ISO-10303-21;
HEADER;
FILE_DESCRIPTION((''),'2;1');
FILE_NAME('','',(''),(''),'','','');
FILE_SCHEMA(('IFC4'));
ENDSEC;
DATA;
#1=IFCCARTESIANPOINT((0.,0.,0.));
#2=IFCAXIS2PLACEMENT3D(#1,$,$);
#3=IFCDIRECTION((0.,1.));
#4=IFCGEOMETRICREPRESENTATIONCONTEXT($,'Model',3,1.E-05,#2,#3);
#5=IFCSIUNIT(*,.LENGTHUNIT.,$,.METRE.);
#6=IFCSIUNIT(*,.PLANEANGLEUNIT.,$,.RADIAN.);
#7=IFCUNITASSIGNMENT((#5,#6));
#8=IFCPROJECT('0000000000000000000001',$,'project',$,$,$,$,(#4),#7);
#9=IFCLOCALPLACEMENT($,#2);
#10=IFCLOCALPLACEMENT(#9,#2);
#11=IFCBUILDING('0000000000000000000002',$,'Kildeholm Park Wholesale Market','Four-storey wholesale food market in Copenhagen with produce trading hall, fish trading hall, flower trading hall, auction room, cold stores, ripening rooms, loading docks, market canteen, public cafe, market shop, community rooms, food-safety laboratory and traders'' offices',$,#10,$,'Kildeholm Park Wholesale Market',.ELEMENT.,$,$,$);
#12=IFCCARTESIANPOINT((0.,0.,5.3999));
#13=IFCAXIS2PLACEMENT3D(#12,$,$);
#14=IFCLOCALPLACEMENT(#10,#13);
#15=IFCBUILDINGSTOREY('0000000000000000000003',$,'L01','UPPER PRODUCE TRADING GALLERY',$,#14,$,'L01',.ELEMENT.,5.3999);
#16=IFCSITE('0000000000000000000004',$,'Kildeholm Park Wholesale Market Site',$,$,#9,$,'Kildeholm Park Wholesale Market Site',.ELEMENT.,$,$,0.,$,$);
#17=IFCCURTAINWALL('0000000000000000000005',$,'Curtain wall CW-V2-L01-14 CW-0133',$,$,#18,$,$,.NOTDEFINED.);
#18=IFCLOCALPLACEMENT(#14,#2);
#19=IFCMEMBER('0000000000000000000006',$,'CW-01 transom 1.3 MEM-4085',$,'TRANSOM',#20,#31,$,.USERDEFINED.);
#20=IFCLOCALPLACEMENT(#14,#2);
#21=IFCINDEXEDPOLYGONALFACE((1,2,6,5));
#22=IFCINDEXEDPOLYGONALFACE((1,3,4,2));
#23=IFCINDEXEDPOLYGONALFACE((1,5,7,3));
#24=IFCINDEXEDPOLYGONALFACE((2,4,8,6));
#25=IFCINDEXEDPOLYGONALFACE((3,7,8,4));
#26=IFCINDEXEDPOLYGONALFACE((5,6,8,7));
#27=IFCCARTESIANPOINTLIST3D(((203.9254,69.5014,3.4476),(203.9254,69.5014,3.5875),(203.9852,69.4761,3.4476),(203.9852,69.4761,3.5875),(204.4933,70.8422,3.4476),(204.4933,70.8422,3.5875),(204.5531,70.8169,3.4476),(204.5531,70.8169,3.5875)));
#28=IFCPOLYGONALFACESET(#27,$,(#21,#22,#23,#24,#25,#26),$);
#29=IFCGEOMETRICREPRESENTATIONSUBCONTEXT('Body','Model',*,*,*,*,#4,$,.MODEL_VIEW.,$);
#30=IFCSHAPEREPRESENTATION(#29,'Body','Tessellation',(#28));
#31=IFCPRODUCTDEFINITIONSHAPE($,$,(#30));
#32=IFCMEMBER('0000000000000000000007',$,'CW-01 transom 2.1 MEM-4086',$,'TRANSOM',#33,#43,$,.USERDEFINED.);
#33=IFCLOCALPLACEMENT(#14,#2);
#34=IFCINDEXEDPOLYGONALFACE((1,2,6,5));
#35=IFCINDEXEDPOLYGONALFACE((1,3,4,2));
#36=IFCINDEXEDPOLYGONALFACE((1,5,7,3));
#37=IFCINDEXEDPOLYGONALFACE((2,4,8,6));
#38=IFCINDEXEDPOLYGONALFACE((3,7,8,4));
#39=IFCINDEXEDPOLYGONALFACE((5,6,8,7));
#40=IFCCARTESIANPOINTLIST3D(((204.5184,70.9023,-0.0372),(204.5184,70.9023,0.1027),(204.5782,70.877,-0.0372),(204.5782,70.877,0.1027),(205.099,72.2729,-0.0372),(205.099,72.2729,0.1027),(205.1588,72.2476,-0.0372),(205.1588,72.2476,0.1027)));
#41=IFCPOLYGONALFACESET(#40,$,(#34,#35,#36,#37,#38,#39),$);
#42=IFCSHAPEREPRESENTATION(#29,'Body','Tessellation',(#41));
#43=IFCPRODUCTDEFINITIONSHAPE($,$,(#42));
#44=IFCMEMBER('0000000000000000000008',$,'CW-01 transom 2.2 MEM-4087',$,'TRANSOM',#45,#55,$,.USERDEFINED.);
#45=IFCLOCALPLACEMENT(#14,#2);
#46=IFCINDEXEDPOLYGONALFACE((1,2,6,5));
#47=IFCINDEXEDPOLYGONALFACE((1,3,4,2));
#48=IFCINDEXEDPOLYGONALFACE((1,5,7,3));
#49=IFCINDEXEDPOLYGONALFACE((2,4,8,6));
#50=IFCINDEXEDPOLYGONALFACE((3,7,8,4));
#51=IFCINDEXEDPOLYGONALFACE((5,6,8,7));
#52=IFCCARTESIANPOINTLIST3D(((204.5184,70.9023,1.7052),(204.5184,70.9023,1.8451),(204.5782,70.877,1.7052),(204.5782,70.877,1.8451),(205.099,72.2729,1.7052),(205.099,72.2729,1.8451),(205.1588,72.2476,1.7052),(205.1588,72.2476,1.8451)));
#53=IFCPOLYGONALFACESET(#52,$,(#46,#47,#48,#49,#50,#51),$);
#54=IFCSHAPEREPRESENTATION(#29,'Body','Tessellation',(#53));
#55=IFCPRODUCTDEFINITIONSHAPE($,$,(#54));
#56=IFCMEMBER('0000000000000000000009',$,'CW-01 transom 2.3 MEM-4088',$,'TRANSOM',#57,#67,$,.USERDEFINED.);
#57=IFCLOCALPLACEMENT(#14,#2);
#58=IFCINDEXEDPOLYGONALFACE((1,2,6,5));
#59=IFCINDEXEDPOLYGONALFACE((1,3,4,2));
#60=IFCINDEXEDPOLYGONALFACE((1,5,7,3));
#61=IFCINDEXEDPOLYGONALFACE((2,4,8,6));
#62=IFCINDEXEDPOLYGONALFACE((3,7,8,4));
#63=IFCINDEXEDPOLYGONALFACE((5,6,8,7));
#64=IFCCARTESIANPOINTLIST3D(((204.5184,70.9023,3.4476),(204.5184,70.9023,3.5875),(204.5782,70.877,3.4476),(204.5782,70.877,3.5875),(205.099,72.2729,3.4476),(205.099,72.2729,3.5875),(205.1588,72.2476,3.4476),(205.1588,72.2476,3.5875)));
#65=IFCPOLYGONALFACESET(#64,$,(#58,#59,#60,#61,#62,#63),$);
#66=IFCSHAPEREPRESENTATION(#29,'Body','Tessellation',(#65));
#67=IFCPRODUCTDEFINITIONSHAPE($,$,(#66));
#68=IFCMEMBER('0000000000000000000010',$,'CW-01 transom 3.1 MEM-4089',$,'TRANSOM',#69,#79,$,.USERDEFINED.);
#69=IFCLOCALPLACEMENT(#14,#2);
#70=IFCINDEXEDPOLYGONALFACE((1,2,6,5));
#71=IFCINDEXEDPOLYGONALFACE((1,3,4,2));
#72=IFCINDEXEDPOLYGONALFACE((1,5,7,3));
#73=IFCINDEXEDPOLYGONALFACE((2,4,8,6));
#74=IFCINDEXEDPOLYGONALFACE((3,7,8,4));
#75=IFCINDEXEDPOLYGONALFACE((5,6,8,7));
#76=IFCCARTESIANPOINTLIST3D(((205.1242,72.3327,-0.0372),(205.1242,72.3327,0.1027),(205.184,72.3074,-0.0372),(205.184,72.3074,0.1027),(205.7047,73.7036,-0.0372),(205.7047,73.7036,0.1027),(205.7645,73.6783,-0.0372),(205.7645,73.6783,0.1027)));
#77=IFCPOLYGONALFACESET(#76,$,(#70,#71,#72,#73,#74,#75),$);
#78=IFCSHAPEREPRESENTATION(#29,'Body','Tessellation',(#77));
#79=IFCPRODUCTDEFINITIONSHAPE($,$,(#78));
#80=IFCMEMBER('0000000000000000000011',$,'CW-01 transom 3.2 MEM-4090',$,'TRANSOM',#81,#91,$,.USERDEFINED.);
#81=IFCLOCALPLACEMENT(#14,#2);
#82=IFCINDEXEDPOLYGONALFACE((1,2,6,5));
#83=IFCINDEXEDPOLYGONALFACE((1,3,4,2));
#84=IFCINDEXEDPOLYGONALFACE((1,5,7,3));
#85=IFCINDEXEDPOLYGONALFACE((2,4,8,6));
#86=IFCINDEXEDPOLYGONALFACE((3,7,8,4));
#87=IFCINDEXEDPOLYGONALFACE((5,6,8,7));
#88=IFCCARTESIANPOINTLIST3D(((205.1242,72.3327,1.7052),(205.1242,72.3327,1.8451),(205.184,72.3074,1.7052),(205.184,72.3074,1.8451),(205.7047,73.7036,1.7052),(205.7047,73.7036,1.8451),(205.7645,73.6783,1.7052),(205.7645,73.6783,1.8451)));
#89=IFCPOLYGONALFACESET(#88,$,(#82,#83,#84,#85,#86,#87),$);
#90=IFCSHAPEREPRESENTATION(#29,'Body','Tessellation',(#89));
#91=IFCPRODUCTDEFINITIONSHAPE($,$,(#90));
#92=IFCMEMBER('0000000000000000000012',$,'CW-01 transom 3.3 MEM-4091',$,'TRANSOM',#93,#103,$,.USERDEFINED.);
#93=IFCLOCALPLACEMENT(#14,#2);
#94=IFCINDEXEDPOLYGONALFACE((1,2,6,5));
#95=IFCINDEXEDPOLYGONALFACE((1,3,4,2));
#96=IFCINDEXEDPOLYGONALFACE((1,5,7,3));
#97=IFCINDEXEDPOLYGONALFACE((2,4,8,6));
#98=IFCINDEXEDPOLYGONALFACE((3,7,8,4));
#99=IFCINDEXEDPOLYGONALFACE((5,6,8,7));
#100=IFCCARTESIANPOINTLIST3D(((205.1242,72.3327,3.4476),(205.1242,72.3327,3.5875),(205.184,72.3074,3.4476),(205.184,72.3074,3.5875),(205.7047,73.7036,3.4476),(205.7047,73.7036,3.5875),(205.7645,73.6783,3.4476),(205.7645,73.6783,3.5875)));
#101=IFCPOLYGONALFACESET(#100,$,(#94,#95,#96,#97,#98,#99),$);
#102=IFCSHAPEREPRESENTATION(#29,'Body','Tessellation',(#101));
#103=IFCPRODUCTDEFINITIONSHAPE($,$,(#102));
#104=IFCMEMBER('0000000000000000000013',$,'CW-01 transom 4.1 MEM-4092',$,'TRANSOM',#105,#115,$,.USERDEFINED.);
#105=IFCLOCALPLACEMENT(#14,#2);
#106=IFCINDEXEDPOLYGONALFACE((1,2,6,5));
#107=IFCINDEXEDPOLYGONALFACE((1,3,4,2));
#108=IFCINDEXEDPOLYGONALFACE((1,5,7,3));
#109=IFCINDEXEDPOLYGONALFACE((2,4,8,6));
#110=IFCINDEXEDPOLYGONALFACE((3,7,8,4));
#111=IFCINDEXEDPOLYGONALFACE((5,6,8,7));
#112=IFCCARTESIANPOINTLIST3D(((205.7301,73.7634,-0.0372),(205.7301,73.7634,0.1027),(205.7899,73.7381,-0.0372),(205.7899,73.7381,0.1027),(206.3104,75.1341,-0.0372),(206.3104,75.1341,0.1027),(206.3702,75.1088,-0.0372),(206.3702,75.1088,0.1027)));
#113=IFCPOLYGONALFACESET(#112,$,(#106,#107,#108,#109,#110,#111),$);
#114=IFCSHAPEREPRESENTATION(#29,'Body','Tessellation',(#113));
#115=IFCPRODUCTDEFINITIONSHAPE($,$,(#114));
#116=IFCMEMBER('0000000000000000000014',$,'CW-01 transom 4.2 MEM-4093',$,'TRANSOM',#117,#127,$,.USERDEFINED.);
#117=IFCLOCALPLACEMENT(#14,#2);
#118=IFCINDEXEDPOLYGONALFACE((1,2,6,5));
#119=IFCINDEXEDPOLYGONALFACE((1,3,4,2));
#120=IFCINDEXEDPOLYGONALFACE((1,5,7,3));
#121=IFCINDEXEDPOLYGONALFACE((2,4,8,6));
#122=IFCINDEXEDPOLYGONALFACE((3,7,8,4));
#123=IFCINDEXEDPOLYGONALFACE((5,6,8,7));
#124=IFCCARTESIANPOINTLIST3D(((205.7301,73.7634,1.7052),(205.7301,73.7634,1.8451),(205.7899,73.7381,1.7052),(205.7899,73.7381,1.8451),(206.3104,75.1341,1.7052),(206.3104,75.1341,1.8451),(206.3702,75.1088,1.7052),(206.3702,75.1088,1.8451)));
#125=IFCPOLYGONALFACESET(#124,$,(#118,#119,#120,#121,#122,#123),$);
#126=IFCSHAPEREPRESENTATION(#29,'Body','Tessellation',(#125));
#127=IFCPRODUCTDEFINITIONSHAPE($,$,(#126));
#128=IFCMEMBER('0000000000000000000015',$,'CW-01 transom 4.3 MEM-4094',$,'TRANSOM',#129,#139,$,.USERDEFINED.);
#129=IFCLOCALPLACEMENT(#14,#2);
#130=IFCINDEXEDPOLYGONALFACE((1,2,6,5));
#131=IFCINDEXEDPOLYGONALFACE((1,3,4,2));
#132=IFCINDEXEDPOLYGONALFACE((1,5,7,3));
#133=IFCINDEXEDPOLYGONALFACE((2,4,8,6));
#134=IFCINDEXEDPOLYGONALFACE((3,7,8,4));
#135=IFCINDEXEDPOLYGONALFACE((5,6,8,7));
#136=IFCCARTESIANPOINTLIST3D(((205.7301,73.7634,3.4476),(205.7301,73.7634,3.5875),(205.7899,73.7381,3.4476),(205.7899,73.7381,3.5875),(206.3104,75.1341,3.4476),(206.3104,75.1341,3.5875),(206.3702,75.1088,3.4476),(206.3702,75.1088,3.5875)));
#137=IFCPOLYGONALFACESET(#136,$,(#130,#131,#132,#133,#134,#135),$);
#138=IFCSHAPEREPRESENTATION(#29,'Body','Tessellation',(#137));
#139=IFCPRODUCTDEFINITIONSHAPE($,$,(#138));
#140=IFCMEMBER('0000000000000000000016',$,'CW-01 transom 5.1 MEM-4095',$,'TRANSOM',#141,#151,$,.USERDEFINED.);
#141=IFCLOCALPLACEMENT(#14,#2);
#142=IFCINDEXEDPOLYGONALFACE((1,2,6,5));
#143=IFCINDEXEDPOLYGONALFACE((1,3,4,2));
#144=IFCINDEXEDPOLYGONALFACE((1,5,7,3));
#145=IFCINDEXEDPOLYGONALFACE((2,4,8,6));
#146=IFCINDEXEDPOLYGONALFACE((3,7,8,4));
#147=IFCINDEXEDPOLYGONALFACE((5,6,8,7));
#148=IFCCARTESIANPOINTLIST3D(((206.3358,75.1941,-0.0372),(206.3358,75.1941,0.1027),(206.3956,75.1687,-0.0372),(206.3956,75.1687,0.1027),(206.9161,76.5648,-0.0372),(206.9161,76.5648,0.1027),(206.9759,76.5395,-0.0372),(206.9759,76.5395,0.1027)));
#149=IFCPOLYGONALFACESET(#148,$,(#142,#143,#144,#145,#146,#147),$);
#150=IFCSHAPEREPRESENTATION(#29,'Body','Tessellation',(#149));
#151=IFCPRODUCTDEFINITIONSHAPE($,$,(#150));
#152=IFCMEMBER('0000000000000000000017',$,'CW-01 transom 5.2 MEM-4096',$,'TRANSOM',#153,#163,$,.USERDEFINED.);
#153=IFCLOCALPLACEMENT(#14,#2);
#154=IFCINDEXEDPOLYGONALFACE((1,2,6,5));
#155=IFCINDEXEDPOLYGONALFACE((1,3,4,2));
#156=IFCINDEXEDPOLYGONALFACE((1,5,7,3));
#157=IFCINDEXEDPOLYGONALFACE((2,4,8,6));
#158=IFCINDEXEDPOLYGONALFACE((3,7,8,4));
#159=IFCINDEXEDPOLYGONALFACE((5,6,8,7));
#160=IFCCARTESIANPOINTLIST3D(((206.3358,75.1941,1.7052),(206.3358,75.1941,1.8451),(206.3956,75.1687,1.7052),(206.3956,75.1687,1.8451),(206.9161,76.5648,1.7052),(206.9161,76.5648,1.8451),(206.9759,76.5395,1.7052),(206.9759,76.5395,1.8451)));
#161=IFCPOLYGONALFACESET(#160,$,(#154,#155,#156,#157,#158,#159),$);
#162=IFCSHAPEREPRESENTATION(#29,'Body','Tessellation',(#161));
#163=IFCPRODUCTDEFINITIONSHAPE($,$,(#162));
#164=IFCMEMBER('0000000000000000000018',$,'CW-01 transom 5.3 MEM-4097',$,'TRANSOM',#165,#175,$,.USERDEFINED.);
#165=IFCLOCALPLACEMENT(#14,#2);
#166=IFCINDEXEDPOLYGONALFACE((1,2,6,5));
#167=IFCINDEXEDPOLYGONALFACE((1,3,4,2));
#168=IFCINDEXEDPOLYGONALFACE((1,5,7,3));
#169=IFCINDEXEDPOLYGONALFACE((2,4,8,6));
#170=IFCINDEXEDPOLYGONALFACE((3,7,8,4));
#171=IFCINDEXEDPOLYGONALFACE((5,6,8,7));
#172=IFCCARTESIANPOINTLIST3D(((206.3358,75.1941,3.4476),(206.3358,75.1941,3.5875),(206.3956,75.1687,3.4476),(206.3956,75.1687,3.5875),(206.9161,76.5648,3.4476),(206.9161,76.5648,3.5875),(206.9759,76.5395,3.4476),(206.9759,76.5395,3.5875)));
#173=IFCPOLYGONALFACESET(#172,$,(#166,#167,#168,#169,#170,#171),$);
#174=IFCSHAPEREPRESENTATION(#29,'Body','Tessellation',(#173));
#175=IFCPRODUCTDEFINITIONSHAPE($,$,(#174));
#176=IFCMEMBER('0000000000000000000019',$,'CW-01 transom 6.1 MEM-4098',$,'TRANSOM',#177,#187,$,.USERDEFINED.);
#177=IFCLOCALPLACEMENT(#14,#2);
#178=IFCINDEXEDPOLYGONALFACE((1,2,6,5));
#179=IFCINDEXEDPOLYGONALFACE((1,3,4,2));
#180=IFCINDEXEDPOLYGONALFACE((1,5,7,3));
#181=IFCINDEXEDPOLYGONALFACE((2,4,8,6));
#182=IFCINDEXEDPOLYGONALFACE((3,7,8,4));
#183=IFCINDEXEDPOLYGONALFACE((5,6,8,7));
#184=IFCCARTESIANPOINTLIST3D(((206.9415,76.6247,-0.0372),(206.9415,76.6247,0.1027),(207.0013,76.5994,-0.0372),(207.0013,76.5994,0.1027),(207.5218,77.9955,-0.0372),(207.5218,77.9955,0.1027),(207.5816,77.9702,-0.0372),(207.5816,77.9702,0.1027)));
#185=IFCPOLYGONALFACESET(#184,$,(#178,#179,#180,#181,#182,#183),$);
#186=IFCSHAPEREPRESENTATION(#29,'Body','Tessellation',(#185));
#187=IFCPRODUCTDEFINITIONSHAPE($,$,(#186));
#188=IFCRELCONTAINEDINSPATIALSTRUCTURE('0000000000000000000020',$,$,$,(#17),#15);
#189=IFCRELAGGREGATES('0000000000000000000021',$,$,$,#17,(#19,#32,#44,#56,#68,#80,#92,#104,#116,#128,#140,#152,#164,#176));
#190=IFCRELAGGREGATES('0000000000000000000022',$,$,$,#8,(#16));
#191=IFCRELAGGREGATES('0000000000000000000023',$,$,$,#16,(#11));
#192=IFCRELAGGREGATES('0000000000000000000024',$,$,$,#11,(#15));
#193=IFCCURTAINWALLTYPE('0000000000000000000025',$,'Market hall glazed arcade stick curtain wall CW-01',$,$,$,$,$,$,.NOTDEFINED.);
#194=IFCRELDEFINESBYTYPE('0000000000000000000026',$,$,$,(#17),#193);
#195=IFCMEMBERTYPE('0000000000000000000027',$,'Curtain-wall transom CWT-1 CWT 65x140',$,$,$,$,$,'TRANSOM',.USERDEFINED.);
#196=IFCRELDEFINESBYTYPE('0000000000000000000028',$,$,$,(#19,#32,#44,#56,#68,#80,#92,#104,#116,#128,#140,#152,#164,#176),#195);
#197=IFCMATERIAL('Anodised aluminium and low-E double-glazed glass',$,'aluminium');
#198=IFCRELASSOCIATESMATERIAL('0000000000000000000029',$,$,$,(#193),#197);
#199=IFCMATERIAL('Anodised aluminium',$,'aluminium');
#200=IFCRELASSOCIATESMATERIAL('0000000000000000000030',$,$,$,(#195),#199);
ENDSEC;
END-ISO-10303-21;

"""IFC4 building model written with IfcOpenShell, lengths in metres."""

from ifc_helpers import new_model, si_unit, direction, frame, origin, origin_2d, place, context, subcontext, project, spatial, rectangle, extrude, material, material_profile, profile_set, type_object, element, aggregate, save


model = new_model("IFC4")

# Units and contexts
model_context = context("Model", 3, precision=1e-05, world=origin(), true_north=direction((0.0, 1.0)))
body_context = subcontext(model_context, "Body", "Model", "MODEL_VIEW")
ifc_project = project(units=[si_unit("LENGTHUNIT", "METRE"), si_unit("PLANEANGLEUNIT", "RADIAN")], contexts=[model_context])

# Site, building, storey
site_placement = place(None, origin())
site = spatial("IfcSite", under=ifc_project, at=site_placement, Name="Kildeholm Park Wholesale Market Site", LongName="Kildeholm Park Wholesale Market Site", CompositionType="ELEMENT", RefElevation=0.0)
building_placement = place(site_placement, origin())
building = spatial("IfcBuilding", under=site, at=building_placement, Name="Kildeholm Park Wholesale Market", Description="Four-storey wholesale food market in Copenhagen with produce trading hall, fish trading hall, flower trading hall, auction room, cold stores, ripening rooms, loading docks, market canteen, public cafe, market shop, community rooms, food-safety laboratory and traders' offices", LongName="Kildeholm Park Wholesale Market", CompositionType="ELEMENT")
storey_placement = place(building_placement, frame((0.0, 0.0, 5.3999)))
storey = spatial("IfcBuildingStorey", under=building, at=storey_placement, Name="L01", Description="UPPER PRODUCE TRADING GALLERY", LongName="L01", CompositionType="ELEMENT", Elevation=5.3999)

# Curtain wall, members
ifc_material_1 = material(Name="Anodised aluminium and low-E double-glazed glass", Category="aluminium")
curtain_wall_type = type_object("IfcCurtainWallType", Name="Market hall glazed arcade stick curtain wall CW-01", PredefinedType="NOTDEFINED", material=ifc_material_1)
curtain_wall_placement = place(storey_placement, origin())
curtain_wall = element("IfcCurtainWall", 1, at=curtain_wall_placement, inside=storey, type_object=curtain_wall_type, Name="Curtain wall CW-V2-L01-14 CW-0133", PredefinedType="NOTDEFINED")
ifc_material_2 = material(Name="Anodised aluminium", Category="aluminium")
ifc_material_profile_1 = material_profile(ifc_material_2, rectangle(XDim=0.0649, YDim=0.1399, at=origin_2d()), Name="CWT 65x140")
ifc_profile_set_1 = profile_set([ifc_material_profile_1], Name="Anodised aluminium")
member_type_1 = type_object("IfcMemberType", Name="Curtain-wall transom CWT-1 CWT 65x140", ElementType="TRANSOM", PredefinedType="USERDEFINED", material=ifc_profile_set_1)
member_1_placement = place(storey_placement, frame((203.9553, 69.4888, 3.5176), z_axis=(0.38999, 0.920819, 0.0), x_axis=(-0.920819, 0.38999, 0.0)))
member_1 = element("IfcMember", 2, at=member_1_placement, type_object=member_type_1, Name="CW-01 transom 1.3 MEM-4085", ObjectType="TRANSOM", PredefinedType="USERDEFINED", context=body_context, shape_type="SweptSolid", body=[
    extrude(rectangle(XDim=0.0649, YDim=0.1399, at=origin_2d()), origin(), (0.0, 0.0, 1.0), 1.4561),
])
member_2_placement = place(storey_placement, frame((204.5483, 70.8896, 0.0327), z_axis=(0.390036, 0.9208, 0.0), x_axis=(-0.9208, 0.390036, 0.0)))
member_2 = element("IfcMember", 3, at=member_2_placement, type_object=member_type_1, Name="CW-01 transom 2.1 MEM-4086", ObjectType="TRANSOM", PredefinedType="USERDEFINED", context=body_context, shape_type="SweptSolid", body=[
    extrude(rectangle(XDim=0.0649, YDim=0.1399, at=origin_2d()), origin(), (0.0, 0.0, 1.0), 1.4885),
])
member_3_placement = place(storey_placement, frame((204.5483, 70.8896, 1.7751), z_axis=(0.390036, 0.9208, 0.0), x_axis=(-0.9208, 0.390036, 0.0)))
member_3 = element("IfcMember", 4, at=member_3_placement, type_object=member_type_1, Name="CW-01 transom 2.2 MEM-4087", ObjectType="TRANSOM", PredefinedType="USERDEFINED", context=body_context, shape_type="SweptSolid", body=[
    extrude(rectangle(XDim=0.0649, YDim=0.1399, at=origin_2d()), origin(), (0.0, 0.0, 1.0), 1.4885),
])
member_4_placement = place(storey_placement, frame((204.5483, 70.8896, 3.5176), z_axis=(0.390036, 0.9208, 0.0), x_axis=(-0.9208, 0.390036, 0.0)))
member_4 = element("IfcMember", 5, at=member_4_placement, type_object=member_type_1, Name="CW-01 transom 2.3 MEM-4088", ObjectType="TRANSOM", PredefinedType="USERDEFINED", context=body_context, shape_type="SweptSolid", body=[
    extrude(rectangle(XDim=0.0649, YDim=0.1399, at=origin_2d()), origin(), (0.0, 0.0, 1.0), 1.4885),
])
member_5_placement = place(storey_placement, frame((205.1541, 72.3201, 0.0327), z_axis=(0.389977, 0.920825, 0.0), x_axis=(-0.920825, 0.389977, 0.0)))
member_5 = element("IfcMember", 6, at=member_5_placement, type_object=member_type_1, Name="CW-01 transom 3.1 MEM-4089", ObjectType="TRANSOM", PredefinedType="USERDEFINED", context=body_context, shape_type="SweptSolid", body=[
    extrude(rectangle(XDim=0.0649, YDim=0.1399, at=origin_2d()), origin(), (0.0, 0.0, 1.0), 1.4888),
])
member_6_placement = place(storey_placement, frame((205.1541, 72.3201, 1.7751), z_axis=(0.389977, 0.920825, 0.0), x_axis=(-0.920825, 0.389977, 0.0)))
member_6 = element("IfcMember", 7, at=member_6_placement, type_object=member_type_1, Name="CW-01 transom 3.2 MEM-4090", ObjectType="TRANSOM", PredefinedType="USERDEFINED", context=body_context, shape_type="SweptSolid", body=[
    extrude(rectangle(XDim=0.0649, YDim=0.1399, at=origin_2d()), origin(), (0.0, 0.0, 1.0), 1.4888),
])
member_7_placement = place(storey_placement, frame((205.1541, 72.3201, 3.5176), z_axis=(0.389977, 0.920825, 0.0), x_axis=(-0.920825, 0.389977, 0.0)))
member_7 = element("IfcMember", 8, at=member_7_placement, type_object=member_type_1, Name="CW-01 transom 3.3 MEM-4091", ObjectType="TRANSOM", PredefinedType="USERDEFINED", context=body_context, shape_type="SweptSolid", body=[
    extrude(rectangle(XDim=0.0649, YDim=0.1399, at=origin_2d()), origin(), (0.0, 0.0, 1.0), 1.4888),
])
member_8_placement = place(storey_placement, frame((205.76, 73.7507, 0.0327), z_axis=(0.389838, 0.920883, 0.0), x_axis=(-0.920883, 0.389838, 0.0)))
member_8 = element("IfcMember", 9, at=member_8_placement, type_object=member_type_1, Name="CW-01 transom 4.1 MEM-4092", ObjectType="TRANSOM", PredefinedType="USERDEFINED", context=body_context, shape_type="SweptSolid", body=[
    extrude(rectangle(XDim=0.0649, YDim=0.1399, at=origin_2d()), origin(), (0.0, 0.0, 1.0), 1.4885),
])
member_9_placement = place(storey_placement, frame((205.76, 73.7507, 1.7751), z_axis=(0.389838, 0.920883, 0.0), x_axis=(-0.920883, 0.389838, 0.0)))
member_9 = element("IfcMember", 10, at=member_9_placement, type_object=member_type_1, Name="CW-01 transom 4.2 MEM-4093", ObjectType="TRANSOM", PredefinedType="USERDEFINED", context=body_context, shape_type="SweptSolid", body=[
    extrude(rectangle(XDim=0.0649, YDim=0.1399, at=origin_2d()), origin(), (0.0, 0.0, 1.0), 1.4885),
])
member_10_placement = place(storey_placement, frame((205.76, 73.7507, 3.5176), z_axis=(0.389838, 0.920883, 0.0), x_axis=(-0.920883, 0.389838, 0.0)))
member_10 = element("IfcMember", 11, at=member_10_placement, type_object=member_type_1, Name="CW-01 transom 4.3 MEM-4094", ObjectType="TRANSOM", PredefinedType="USERDEFINED", context=body_context, shape_type="SweptSolid", body=[
    extrude(rectangle(XDim=0.0649, YDim=0.1399, at=origin_2d()), origin(), (0.0, 0.0, 1.0), 1.4885),
])
member_11_placement = place(storey_placement, frame((206.3657, 75.1814, 0.0327), z_axis=(0.389838, 0.920883, 0.0), x_axis=(-0.920883, 0.389838, 0.0)))
member_11 = element("IfcMember", 12, at=member_11_placement, type_object=member_type_1, Name="CW-01 transom 5.1 MEM-4095", ObjectType="TRANSOM", PredefinedType="USERDEFINED", context=body_context, shape_type="SweptSolid", body=[
    extrude(rectangle(XDim=0.0649, YDim=0.1399, at=origin_2d()), origin(), (0.0, 0.0, 1.0), 1.4885),
])
member_12_placement = place(storey_placement, frame((206.3657, 75.1814, 1.7751), z_axis=(0.389838, 0.920883, 0.0), x_axis=(-0.920883, 0.389838, 0.0)))
member_12 = element("IfcMember", 13, at=member_12_placement, type_object=member_type_1, Name="CW-01 transom 5.2 MEM-4096", ObjectType="TRANSOM", PredefinedType="USERDEFINED", context=body_context, shape_type="SweptSolid", body=[
    extrude(rectangle(XDim=0.0649, YDim=0.1399, at=origin_2d()), origin(), (0.0, 0.0, 1.0), 1.4885),
])
member_13_placement = place(storey_placement, frame((206.3657, 75.1814, 3.5176), z_axis=(0.389838, 0.920883, 0.0), x_axis=(-0.920883, 0.389838, 0.0)))
member_13 = element("IfcMember", 14, at=member_13_placement, type_object=member_type_1, Name="CW-01 transom 5.3 MEM-4097", ObjectType="TRANSOM", PredefinedType="USERDEFINED", context=body_context, shape_type="SweptSolid", body=[
    extrude(rectangle(XDim=0.0649, YDim=0.1399, at=origin_2d()), origin(), (0.0, 0.0, 1.0), 1.4885),
])
member_14_placement = place(storey_placement, frame((206.9714, 76.6121, 0.0327), z_axis=(0.389838, 0.920883, 0.0), x_axis=(-0.920883, 0.389838, 0.0)))
member_14 = element("IfcMember", 15, at=member_14_placement, type_object=member_type_1, Name="CW-01 transom 6.1 MEM-4098", ObjectType="TRANSOM", PredefinedType="USERDEFINED", context=body_context, shape_type="SweptSolid", body=[
    extrude(rectangle(XDim=0.0649, YDim=0.1399, at=origin_2d()), origin(), (0.0, 0.0, 1.0), 1.4885),
])
aggregate(curtain_wall, [member_1, member_2, member_3, member_4, member_5, member_6, member_7, member_8, member_9, member_10, member_11, member_12, member_13, member_14])

save(model, "model.ifc")
